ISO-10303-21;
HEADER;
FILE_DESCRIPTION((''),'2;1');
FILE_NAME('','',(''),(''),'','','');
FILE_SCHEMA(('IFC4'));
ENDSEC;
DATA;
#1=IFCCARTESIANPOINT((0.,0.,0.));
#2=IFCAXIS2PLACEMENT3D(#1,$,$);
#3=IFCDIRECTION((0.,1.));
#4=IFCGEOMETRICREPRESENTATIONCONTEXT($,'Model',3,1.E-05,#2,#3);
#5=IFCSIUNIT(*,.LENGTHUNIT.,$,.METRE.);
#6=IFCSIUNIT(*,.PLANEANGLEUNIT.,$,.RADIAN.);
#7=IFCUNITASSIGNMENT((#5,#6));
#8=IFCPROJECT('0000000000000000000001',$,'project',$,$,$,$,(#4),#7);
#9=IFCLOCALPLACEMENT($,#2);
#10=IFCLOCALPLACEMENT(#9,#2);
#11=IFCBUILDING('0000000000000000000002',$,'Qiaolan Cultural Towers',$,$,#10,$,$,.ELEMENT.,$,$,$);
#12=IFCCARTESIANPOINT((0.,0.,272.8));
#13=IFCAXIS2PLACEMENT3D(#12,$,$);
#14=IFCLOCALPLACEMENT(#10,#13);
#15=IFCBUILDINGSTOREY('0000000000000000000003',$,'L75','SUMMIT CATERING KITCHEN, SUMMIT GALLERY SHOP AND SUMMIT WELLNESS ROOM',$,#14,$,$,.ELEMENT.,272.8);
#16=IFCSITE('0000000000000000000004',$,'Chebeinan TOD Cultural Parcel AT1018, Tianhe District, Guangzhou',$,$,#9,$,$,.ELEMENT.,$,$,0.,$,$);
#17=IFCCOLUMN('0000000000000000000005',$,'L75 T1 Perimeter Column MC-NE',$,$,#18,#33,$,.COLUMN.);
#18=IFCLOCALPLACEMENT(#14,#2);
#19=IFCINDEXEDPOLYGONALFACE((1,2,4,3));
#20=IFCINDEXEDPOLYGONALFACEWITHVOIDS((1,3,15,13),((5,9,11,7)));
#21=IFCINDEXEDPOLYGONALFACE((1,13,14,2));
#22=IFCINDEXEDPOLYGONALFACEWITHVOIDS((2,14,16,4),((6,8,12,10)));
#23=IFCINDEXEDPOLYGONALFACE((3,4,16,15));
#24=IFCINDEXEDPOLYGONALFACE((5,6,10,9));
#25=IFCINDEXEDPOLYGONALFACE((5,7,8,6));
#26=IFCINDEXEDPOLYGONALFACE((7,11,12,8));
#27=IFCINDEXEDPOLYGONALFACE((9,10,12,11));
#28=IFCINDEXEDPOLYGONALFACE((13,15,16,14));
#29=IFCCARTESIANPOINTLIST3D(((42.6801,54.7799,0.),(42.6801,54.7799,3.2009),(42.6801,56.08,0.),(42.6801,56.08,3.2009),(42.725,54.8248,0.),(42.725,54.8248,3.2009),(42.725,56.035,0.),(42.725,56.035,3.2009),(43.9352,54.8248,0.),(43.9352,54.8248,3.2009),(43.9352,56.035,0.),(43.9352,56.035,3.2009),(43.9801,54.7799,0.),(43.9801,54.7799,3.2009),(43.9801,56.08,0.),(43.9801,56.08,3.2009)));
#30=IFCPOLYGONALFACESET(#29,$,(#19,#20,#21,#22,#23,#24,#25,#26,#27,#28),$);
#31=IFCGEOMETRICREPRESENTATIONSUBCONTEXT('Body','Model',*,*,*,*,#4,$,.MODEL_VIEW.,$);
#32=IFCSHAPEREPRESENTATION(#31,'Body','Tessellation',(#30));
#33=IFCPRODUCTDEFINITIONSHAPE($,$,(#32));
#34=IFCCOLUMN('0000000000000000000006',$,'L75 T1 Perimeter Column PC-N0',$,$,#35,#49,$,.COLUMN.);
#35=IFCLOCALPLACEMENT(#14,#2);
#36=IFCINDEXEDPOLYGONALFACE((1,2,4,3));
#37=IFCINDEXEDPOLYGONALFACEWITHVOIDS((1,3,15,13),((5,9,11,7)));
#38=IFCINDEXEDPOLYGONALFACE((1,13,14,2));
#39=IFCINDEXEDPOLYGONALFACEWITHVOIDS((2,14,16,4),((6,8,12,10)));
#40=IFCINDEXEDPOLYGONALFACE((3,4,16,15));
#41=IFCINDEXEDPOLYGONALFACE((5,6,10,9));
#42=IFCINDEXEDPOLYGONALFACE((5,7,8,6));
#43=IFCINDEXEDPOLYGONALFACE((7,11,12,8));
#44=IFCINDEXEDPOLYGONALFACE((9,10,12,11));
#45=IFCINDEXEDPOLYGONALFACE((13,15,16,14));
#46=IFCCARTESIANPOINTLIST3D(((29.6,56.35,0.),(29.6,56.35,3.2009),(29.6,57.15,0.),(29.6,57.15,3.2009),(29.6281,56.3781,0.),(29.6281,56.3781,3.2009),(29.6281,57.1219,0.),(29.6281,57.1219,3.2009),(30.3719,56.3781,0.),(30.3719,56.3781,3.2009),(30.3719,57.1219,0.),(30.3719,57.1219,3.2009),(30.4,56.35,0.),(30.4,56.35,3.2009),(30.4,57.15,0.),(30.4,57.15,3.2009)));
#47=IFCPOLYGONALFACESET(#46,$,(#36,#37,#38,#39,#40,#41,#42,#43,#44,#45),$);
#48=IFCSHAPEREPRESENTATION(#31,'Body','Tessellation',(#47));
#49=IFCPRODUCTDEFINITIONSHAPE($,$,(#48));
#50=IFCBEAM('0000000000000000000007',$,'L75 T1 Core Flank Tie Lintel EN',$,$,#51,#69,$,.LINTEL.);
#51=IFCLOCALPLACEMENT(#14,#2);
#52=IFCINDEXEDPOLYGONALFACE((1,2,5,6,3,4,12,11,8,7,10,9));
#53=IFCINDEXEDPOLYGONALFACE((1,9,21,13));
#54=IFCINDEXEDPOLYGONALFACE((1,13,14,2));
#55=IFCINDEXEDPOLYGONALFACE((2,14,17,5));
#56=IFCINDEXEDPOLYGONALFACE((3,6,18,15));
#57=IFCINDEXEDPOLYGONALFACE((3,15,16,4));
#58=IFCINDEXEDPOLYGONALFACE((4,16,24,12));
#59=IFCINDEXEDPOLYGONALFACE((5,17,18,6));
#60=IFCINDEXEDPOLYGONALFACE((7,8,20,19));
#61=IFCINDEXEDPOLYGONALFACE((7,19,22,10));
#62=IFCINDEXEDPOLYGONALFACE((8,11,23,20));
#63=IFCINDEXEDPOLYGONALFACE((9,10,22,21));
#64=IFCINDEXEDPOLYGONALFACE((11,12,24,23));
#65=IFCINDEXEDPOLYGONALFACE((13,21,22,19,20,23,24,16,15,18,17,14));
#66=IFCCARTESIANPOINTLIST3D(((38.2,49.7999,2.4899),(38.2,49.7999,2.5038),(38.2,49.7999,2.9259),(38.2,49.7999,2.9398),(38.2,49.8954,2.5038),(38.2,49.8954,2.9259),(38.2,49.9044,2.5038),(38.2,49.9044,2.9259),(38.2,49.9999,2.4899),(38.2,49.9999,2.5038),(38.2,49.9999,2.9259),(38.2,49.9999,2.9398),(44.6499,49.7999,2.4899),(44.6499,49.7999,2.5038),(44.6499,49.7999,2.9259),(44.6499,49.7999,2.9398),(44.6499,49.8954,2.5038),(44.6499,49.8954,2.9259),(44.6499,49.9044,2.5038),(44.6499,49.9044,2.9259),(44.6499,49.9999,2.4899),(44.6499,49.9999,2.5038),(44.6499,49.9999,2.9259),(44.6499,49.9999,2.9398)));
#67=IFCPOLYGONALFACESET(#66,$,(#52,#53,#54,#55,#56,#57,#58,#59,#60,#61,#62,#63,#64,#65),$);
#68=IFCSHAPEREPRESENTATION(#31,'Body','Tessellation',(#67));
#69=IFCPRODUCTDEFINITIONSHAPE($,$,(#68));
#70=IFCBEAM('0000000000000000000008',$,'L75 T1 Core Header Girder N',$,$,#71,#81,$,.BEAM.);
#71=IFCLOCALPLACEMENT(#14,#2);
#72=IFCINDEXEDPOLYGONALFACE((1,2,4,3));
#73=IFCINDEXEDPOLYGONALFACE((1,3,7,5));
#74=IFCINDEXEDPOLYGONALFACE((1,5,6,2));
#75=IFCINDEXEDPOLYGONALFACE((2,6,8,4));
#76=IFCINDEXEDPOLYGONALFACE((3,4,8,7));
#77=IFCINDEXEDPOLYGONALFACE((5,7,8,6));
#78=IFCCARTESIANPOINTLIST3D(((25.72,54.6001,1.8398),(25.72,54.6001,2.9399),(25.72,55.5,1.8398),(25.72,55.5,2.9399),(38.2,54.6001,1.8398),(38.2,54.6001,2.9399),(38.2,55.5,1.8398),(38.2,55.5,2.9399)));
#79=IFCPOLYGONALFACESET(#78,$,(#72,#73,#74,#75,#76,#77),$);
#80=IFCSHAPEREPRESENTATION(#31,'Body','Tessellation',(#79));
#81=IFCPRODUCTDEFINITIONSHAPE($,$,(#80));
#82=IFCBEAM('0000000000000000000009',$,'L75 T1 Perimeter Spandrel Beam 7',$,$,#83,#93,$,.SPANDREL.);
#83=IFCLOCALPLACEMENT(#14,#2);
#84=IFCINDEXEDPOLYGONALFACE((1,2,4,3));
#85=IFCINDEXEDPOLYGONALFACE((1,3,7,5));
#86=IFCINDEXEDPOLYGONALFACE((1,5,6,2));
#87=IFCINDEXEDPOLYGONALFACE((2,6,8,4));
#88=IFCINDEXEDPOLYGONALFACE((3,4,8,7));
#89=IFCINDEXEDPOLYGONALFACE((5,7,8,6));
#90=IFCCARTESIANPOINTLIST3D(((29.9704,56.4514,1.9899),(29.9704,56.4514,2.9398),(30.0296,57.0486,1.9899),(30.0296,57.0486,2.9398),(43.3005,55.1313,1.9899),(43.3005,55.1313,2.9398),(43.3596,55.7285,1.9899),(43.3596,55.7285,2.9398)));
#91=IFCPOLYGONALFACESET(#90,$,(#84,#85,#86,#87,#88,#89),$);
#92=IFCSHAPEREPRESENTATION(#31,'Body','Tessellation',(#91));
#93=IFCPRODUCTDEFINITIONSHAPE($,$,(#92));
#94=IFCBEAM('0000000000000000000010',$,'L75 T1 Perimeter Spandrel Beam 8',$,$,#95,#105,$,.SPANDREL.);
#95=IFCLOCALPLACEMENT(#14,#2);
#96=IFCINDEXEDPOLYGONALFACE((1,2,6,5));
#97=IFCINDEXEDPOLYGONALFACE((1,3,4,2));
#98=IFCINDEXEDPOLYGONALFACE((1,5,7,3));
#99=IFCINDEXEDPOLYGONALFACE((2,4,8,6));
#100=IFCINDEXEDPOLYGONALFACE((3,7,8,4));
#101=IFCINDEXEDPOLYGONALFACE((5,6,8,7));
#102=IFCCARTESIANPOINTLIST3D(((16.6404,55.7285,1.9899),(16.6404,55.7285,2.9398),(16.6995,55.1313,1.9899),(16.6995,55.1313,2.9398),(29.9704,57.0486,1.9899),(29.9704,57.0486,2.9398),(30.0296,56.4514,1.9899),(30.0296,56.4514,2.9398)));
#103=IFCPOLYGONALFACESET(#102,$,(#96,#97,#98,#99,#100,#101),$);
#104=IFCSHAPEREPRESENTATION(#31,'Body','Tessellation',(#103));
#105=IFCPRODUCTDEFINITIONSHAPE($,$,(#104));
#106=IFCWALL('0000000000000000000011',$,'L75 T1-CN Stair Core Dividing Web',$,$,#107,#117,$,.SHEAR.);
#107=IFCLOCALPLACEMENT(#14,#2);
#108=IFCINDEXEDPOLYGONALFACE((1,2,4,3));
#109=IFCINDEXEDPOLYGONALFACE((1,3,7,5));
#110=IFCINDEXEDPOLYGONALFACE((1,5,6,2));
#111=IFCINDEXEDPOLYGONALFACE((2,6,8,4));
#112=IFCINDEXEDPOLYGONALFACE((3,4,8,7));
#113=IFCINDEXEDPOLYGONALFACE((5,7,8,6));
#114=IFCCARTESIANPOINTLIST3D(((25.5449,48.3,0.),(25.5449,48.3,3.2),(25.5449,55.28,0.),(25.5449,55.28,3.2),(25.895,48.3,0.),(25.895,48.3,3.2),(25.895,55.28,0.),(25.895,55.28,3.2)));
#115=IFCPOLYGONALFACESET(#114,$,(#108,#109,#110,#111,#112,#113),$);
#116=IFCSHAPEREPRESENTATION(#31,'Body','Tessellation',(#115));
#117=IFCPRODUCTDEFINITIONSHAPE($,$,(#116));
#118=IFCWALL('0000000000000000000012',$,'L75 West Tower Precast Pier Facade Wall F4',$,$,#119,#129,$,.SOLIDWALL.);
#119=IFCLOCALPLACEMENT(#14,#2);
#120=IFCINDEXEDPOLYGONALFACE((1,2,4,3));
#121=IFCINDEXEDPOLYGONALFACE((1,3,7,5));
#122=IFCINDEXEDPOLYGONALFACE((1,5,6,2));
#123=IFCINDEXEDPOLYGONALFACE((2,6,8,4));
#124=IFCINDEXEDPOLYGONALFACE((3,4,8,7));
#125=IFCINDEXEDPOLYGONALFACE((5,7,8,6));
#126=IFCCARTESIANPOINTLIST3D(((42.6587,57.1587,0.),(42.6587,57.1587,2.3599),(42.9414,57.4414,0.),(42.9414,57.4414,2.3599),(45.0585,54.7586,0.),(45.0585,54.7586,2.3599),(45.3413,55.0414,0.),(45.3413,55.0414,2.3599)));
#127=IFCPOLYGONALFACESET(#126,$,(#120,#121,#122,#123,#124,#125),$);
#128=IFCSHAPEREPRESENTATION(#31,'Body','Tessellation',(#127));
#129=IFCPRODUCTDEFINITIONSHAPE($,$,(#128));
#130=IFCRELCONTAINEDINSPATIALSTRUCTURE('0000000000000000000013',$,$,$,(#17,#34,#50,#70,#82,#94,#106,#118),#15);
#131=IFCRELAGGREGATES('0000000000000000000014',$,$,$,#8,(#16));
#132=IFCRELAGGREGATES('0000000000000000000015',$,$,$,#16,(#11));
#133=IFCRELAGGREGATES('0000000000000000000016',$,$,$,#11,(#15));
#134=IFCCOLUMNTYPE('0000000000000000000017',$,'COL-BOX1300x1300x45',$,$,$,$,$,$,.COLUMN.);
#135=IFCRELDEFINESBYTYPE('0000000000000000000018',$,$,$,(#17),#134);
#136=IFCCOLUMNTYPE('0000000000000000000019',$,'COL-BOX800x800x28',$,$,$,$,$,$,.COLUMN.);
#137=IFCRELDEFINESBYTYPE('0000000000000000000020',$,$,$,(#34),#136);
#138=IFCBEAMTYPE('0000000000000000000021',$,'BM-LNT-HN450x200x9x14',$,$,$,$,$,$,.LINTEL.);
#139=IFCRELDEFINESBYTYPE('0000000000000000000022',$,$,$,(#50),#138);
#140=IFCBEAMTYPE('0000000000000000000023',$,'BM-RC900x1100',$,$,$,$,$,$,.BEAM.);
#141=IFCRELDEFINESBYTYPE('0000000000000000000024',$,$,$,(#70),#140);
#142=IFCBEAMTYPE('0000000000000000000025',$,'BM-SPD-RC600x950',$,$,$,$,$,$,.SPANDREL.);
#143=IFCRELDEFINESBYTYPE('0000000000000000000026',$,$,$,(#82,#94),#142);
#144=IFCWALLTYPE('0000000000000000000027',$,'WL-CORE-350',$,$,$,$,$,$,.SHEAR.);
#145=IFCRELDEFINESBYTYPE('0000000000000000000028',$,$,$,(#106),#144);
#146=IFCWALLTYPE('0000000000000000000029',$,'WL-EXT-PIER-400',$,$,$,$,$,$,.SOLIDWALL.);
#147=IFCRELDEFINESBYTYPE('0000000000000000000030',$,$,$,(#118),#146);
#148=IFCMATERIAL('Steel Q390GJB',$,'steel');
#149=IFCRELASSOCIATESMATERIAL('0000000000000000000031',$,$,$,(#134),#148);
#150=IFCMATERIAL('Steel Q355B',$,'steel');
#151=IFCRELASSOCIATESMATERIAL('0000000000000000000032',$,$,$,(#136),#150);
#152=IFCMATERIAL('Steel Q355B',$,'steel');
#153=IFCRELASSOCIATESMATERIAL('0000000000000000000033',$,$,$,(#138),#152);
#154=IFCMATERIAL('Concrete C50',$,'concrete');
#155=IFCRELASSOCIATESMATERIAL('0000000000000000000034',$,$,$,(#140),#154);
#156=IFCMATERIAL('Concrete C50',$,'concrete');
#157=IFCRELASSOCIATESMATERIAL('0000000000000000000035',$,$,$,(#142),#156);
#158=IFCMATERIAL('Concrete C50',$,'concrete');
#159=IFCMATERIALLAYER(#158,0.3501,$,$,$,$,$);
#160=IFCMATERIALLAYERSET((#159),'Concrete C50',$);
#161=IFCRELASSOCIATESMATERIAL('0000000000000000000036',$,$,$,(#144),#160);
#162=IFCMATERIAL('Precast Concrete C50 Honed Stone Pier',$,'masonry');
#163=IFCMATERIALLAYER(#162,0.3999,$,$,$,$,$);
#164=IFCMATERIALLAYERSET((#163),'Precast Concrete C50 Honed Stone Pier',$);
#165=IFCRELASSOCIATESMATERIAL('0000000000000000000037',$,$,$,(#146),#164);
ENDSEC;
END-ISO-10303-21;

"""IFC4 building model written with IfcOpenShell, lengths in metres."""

from ifc_helpers import new_model, si_unit, direction, frame, frame_2d, origin, origin_2d, place, context, subcontext, project, spatial, rectangle, hollow_rectangle, i_section, extrude, material, layer, layer_set, material_profile, profile_set, type_object, element, save


model = new_model("IFC4")

# Units and contexts
model_context = context("Model", 3, precision=1e-05, world=origin(), true_north=direction((0.0, 1.0)))
body_context = subcontext(model_context, "Body", "Model", "MODEL_VIEW")
ifc_project = project(units=[si_unit("LENGTHUNIT", "METRE"), si_unit("PLANEANGLEUNIT", "RADIAN")], contexts=[model_context])

# Site, building, storey
site_placement = place(None, origin())
site = spatial("IfcSite", under=ifc_project, at=site_placement, Name="Chebeinan TOD Cultural Parcel AT1018, Tianhe District, Guangzhou", CompositionType="ELEMENT", RefElevation=0.0)
building_placement = place(site_placement, origin())
building = spatial("IfcBuilding", under=site, at=building_placement, Name="Qiaolan Cultural Towers", CompositionType="ELEMENT")
storey_placement = place(building_placement, frame((0.0, 0.0, 272.8)))
storey = spatial("IfcBuildingStorey", under=building, at=storey_placement, Name="L75", Description="SUMMIT CATERING KITCHEN, SUMMIT GALLERY SHOP AND SUMMIT WELLNESS ROOM", CompositionType="ELEMENT", Elevation=272.8)

# Columns
ifc_material_1 = material(Name="Steel Q390GJB", Category="steel")
ifc_material_profile_1 = material_profile(ifc_material_1, hollow_rectangle(XDim=1.3, YDim=1.3, WallThickness=0.0449, at=origin_2d()), Name="BOX1300x1300x45")
ifc_profile_set_1 = profile_set([ifc_material_profile_1], Name="Steel Q390GJB")
column_type_1 = type_object("IfcColumnType", Name="COL-BOX1300x1300x45", PredefinedType="COLUMN", material=ifc_profile_set_1)
column_1_placement = place(storey_placement, frame((43.3301, 55.4299, 0.0), z_axis=(0.0, 0.0, 1.0), x_axis=(1.0, 0.0, 0.0)))
element("IfcColumn", 1, at=column_1_placement, inside=storey, type_object=column_type_1, Name="L75 T1 Perimeter Column MC-NE", PredefinedType="COLUMN", context=body_context, shape_type="SweptSolid", body=[
    extrude(hollow_rectangle(XDim=1.3, YDim=1.3, WallThickness=0.0449, at=origin_2d()), origin(), (0.0, 0.0, 1.0), 3.2009),
])
ifc_material_2 = material(Name="Steel Q355B", Category="steel")
ifc_material_profile_2 = material_profile(ifc_material_2, hollow_rectangle(XDim=0.8, YDim=0.8, WallThickness=0.0281, at=origin_2d()), Name="BOX800x800x28")
ifc_profile_set_2 = profile_set([ifc_material_profile_2], Name="Steel Q355B")
column_type_2 = type_object("IfcColumnType", Name="COL-BOX800x800x28", PredefinedType="COLUMN", material=ifc_profile_set_2)
column_2_placement = place(storey_placement, frame((30.0, 56.75, 0.0), z_axis=(0.0, 0.0, 1.0), x_axis=(1.0, 0.0, 0.0)))
element("IfcColumn", 2, at=column_2_placement, inside=storey, type_object=column_type_2, Name="L75 T1 Perimeter Column PC-N0", PredefinedType="COLUMN", context=body_context, shape_type="SweptSolid", body=[
    extrude(hollow_rectangle(XDim=0.8, YDim=0.8, WallThickness=0.0281, at=origin_2d()), origin(), (0.0, 0.0, 1.0), 3.2009),
])

# Beams
ifc_material_3 = material(Name="Steel Q355B", Category="steel")
ifc_material_profile_3 = material_profile(ifc_material_3, i_section(OverallWidth=0.2, OverallDepth=0.45, WebThickness=0.009, FlangeThickness=0.0139, at=origin_2d()), Name="HN450x200x9x14")
ifc_profile_set_3 = profile_set([ifc_material_profile_3], Name="Steel Q355B")
beam_type_1 = type_object("IfcBeamType", Name="BM-LNT-HN450x200x9x14", PredefinedType="LINTEL", material=ifc_profile_set_3)
beam_1_placement = place(storey_placement, frame((38.2, 49.8999, 2.7148), z_axis=(1.0, 0.0, 0.0), x_axis=(0.0, 1.0, 0.0)))
element("IfcBeam", 3, at=beam_1_placement, inside=storey, type_object=beam_type_1, Name="L75 T1 Core Flank Tie Lintel EN", PredefinedType="LINTEL", context=body_context, shape_type="SweptSolid", body=[
    extrude(i_section(OverallWidth=0.2, OverallDepth=0.45, WebThickness=0.009, FlangeThickness=0.0139, at=origin_2d()), origin(), (0.0, 0.0, 1.0), 6.45),
])
ifc_material_4 = material(Name="Concrete C50", Category="concrete")
ifc_material_profile_4 = material_profile(ifc_material_4, rectangle(XDim=0.8999, YDim=1.1001, at=origin_2d()), Name="RC900x1100")
ifc_profile_set_4 = profile_set([ifc_material_profile_4], Name="Concrete C50")
beam_type_2 = type_object("IfcBeamType", Name="BM-RC900x1100", PredefinedType="BEAM", material=ifc_profile_set_4)
beam_2_placement = place(storey_placement, frame((25.72, 55.05, 2.3899), z_axis=(1.0, 0.0, 0.0), x_axis=(0.0, 1.0, 0.0)))
element("IfcBeam", 4, at=beam_2_placement, inside=storey, type_object=beam_type_2, Name="L75 T1 Core Header Girder N", PredefinedType="BEAM", context=body_context, shape_type="SweptSolid", body=[
    extrude(rectangle(XDim=0.8999, YDim=1.1001, at=origin_2d()), origin(), (0.0, 0.0, 1.0), 12.48),
])
ifc_material_5 = material(Name="Concrete C50", Category="concrete")
ifc_material_profile_5 = material_profile(ifc_material_5, rectangle(XDim=0.6001, YDim=0.95, at=origin_2d()), Name="RC600x950")
ifc_profile_set_5 = profile_set([ifc_material_profile_5], Name="Concrete C50")
beam_type_3 = type_object("IfcBeamType", Name="BM-SPD-RC600x950", PredefinedType="SPANDREL", material=ifc_profile_set_5)
for number, where, z_axis, x_axis, name in (
    (5, (43.3301, 55.4299, 2.4648), (-0.995132, 0.098547, 0.0), (-0.098547, -0.995132, 0.0), "L75 T1 Perimeter Spandrel Beam 7"),
    (6, (30.0, 56.75, 2.4648), (-0.995132, -0.098547, 0.0), (0.098547, -0.995132, 0.0), "L75 T1 Perimeter Spandrel Beam 8"),
):
    element("IfcBeam", number, at=place(storey_placement, frame(where, z_axis=z_axis, x_axis=x_axis)), inside=storey, type_object=beam_type_3, Name=name, PredefinedType="SPANDREL", context=body_context, shape_type="SweptSolid", body=[
        extrude(rectangle(XDim=0.6001, YDim=0.95, at=origin_2d()), origin(), (0.0, 0.0, 1.0), 13.3953),
    ])

# Walls
ifc_material_6 = material(Name="Concrete C50", Category="concrete")
ifc_layer_1 = layer(ifc_material_6, 0.3501)
ifc_layer_set_1 = layer_set([ifc_layer_1], Name="Concrete C50")
wall_type_1 = type_object("IfcWallType", Name="WL-CORE-350", PredefinedType="SHEAR", material=ifc_layer_set_1)
wall_1_placement = place(storey_placement, frame((25.72, 48.3, 0.0), z_axis=(0.0, 0.0, 1.0), x_axis=(0.0, 1.0, 0.0)))
element("IfcWall", 7, at=wall_1_placement, inside=storey, type_object=wall_type_1, Name="L75 T1-CN Stair Core Dividing Web", PredefinedType="SHEAR", context=body_context, shape_type="SweptSolid", body=[
    extrude(rectangle(XDim=6.98, YDim=0.3501, at=frame_2d((3.49, 0.0))), origin(), (0.0, 0.0, 1.0), 3.2),
])
ifc_material_7 = material(Name="Precast Concrete C50 Honed Stone Pier", Category="masonry")
ifc_layer_2 = layer(ifc_material_7, 0.3999)
ifc_layer_set_2 = layer_set([ifc_layer_2], Name="Precast Concrete C50 Honed Stone Pier")
wall_type_2 = type_object("IfcWallType", Name="WL-EXT-PIER-400", PredefinedType="SOLIDWALL", material=ifc_layer_set_2)
wall_2_placement = place(storey_placement, frame((42.8, 57.3, 0.0), z_axis=(0.0, 0.0, 1.0), x_axis=(0.707071, -0.707143, 0.0)))
element("IfcWall", 8, at=wall_2_placement, inside=storey, type_object=wall_type_2, Name="L75 West Tower Precast Pier Facade Wall F4", PredefinedType="SOLIDWALL", context=body_context, shape_type="SweptSolid", body=[
    extrude(rectangle(XDim=3.394, YDim=0.3999, at=frame_2d((1.697, 0.0))), origin(), (0.0, 0.0, 1.0), 2.3599),
])

save(model, "model.ifc")
